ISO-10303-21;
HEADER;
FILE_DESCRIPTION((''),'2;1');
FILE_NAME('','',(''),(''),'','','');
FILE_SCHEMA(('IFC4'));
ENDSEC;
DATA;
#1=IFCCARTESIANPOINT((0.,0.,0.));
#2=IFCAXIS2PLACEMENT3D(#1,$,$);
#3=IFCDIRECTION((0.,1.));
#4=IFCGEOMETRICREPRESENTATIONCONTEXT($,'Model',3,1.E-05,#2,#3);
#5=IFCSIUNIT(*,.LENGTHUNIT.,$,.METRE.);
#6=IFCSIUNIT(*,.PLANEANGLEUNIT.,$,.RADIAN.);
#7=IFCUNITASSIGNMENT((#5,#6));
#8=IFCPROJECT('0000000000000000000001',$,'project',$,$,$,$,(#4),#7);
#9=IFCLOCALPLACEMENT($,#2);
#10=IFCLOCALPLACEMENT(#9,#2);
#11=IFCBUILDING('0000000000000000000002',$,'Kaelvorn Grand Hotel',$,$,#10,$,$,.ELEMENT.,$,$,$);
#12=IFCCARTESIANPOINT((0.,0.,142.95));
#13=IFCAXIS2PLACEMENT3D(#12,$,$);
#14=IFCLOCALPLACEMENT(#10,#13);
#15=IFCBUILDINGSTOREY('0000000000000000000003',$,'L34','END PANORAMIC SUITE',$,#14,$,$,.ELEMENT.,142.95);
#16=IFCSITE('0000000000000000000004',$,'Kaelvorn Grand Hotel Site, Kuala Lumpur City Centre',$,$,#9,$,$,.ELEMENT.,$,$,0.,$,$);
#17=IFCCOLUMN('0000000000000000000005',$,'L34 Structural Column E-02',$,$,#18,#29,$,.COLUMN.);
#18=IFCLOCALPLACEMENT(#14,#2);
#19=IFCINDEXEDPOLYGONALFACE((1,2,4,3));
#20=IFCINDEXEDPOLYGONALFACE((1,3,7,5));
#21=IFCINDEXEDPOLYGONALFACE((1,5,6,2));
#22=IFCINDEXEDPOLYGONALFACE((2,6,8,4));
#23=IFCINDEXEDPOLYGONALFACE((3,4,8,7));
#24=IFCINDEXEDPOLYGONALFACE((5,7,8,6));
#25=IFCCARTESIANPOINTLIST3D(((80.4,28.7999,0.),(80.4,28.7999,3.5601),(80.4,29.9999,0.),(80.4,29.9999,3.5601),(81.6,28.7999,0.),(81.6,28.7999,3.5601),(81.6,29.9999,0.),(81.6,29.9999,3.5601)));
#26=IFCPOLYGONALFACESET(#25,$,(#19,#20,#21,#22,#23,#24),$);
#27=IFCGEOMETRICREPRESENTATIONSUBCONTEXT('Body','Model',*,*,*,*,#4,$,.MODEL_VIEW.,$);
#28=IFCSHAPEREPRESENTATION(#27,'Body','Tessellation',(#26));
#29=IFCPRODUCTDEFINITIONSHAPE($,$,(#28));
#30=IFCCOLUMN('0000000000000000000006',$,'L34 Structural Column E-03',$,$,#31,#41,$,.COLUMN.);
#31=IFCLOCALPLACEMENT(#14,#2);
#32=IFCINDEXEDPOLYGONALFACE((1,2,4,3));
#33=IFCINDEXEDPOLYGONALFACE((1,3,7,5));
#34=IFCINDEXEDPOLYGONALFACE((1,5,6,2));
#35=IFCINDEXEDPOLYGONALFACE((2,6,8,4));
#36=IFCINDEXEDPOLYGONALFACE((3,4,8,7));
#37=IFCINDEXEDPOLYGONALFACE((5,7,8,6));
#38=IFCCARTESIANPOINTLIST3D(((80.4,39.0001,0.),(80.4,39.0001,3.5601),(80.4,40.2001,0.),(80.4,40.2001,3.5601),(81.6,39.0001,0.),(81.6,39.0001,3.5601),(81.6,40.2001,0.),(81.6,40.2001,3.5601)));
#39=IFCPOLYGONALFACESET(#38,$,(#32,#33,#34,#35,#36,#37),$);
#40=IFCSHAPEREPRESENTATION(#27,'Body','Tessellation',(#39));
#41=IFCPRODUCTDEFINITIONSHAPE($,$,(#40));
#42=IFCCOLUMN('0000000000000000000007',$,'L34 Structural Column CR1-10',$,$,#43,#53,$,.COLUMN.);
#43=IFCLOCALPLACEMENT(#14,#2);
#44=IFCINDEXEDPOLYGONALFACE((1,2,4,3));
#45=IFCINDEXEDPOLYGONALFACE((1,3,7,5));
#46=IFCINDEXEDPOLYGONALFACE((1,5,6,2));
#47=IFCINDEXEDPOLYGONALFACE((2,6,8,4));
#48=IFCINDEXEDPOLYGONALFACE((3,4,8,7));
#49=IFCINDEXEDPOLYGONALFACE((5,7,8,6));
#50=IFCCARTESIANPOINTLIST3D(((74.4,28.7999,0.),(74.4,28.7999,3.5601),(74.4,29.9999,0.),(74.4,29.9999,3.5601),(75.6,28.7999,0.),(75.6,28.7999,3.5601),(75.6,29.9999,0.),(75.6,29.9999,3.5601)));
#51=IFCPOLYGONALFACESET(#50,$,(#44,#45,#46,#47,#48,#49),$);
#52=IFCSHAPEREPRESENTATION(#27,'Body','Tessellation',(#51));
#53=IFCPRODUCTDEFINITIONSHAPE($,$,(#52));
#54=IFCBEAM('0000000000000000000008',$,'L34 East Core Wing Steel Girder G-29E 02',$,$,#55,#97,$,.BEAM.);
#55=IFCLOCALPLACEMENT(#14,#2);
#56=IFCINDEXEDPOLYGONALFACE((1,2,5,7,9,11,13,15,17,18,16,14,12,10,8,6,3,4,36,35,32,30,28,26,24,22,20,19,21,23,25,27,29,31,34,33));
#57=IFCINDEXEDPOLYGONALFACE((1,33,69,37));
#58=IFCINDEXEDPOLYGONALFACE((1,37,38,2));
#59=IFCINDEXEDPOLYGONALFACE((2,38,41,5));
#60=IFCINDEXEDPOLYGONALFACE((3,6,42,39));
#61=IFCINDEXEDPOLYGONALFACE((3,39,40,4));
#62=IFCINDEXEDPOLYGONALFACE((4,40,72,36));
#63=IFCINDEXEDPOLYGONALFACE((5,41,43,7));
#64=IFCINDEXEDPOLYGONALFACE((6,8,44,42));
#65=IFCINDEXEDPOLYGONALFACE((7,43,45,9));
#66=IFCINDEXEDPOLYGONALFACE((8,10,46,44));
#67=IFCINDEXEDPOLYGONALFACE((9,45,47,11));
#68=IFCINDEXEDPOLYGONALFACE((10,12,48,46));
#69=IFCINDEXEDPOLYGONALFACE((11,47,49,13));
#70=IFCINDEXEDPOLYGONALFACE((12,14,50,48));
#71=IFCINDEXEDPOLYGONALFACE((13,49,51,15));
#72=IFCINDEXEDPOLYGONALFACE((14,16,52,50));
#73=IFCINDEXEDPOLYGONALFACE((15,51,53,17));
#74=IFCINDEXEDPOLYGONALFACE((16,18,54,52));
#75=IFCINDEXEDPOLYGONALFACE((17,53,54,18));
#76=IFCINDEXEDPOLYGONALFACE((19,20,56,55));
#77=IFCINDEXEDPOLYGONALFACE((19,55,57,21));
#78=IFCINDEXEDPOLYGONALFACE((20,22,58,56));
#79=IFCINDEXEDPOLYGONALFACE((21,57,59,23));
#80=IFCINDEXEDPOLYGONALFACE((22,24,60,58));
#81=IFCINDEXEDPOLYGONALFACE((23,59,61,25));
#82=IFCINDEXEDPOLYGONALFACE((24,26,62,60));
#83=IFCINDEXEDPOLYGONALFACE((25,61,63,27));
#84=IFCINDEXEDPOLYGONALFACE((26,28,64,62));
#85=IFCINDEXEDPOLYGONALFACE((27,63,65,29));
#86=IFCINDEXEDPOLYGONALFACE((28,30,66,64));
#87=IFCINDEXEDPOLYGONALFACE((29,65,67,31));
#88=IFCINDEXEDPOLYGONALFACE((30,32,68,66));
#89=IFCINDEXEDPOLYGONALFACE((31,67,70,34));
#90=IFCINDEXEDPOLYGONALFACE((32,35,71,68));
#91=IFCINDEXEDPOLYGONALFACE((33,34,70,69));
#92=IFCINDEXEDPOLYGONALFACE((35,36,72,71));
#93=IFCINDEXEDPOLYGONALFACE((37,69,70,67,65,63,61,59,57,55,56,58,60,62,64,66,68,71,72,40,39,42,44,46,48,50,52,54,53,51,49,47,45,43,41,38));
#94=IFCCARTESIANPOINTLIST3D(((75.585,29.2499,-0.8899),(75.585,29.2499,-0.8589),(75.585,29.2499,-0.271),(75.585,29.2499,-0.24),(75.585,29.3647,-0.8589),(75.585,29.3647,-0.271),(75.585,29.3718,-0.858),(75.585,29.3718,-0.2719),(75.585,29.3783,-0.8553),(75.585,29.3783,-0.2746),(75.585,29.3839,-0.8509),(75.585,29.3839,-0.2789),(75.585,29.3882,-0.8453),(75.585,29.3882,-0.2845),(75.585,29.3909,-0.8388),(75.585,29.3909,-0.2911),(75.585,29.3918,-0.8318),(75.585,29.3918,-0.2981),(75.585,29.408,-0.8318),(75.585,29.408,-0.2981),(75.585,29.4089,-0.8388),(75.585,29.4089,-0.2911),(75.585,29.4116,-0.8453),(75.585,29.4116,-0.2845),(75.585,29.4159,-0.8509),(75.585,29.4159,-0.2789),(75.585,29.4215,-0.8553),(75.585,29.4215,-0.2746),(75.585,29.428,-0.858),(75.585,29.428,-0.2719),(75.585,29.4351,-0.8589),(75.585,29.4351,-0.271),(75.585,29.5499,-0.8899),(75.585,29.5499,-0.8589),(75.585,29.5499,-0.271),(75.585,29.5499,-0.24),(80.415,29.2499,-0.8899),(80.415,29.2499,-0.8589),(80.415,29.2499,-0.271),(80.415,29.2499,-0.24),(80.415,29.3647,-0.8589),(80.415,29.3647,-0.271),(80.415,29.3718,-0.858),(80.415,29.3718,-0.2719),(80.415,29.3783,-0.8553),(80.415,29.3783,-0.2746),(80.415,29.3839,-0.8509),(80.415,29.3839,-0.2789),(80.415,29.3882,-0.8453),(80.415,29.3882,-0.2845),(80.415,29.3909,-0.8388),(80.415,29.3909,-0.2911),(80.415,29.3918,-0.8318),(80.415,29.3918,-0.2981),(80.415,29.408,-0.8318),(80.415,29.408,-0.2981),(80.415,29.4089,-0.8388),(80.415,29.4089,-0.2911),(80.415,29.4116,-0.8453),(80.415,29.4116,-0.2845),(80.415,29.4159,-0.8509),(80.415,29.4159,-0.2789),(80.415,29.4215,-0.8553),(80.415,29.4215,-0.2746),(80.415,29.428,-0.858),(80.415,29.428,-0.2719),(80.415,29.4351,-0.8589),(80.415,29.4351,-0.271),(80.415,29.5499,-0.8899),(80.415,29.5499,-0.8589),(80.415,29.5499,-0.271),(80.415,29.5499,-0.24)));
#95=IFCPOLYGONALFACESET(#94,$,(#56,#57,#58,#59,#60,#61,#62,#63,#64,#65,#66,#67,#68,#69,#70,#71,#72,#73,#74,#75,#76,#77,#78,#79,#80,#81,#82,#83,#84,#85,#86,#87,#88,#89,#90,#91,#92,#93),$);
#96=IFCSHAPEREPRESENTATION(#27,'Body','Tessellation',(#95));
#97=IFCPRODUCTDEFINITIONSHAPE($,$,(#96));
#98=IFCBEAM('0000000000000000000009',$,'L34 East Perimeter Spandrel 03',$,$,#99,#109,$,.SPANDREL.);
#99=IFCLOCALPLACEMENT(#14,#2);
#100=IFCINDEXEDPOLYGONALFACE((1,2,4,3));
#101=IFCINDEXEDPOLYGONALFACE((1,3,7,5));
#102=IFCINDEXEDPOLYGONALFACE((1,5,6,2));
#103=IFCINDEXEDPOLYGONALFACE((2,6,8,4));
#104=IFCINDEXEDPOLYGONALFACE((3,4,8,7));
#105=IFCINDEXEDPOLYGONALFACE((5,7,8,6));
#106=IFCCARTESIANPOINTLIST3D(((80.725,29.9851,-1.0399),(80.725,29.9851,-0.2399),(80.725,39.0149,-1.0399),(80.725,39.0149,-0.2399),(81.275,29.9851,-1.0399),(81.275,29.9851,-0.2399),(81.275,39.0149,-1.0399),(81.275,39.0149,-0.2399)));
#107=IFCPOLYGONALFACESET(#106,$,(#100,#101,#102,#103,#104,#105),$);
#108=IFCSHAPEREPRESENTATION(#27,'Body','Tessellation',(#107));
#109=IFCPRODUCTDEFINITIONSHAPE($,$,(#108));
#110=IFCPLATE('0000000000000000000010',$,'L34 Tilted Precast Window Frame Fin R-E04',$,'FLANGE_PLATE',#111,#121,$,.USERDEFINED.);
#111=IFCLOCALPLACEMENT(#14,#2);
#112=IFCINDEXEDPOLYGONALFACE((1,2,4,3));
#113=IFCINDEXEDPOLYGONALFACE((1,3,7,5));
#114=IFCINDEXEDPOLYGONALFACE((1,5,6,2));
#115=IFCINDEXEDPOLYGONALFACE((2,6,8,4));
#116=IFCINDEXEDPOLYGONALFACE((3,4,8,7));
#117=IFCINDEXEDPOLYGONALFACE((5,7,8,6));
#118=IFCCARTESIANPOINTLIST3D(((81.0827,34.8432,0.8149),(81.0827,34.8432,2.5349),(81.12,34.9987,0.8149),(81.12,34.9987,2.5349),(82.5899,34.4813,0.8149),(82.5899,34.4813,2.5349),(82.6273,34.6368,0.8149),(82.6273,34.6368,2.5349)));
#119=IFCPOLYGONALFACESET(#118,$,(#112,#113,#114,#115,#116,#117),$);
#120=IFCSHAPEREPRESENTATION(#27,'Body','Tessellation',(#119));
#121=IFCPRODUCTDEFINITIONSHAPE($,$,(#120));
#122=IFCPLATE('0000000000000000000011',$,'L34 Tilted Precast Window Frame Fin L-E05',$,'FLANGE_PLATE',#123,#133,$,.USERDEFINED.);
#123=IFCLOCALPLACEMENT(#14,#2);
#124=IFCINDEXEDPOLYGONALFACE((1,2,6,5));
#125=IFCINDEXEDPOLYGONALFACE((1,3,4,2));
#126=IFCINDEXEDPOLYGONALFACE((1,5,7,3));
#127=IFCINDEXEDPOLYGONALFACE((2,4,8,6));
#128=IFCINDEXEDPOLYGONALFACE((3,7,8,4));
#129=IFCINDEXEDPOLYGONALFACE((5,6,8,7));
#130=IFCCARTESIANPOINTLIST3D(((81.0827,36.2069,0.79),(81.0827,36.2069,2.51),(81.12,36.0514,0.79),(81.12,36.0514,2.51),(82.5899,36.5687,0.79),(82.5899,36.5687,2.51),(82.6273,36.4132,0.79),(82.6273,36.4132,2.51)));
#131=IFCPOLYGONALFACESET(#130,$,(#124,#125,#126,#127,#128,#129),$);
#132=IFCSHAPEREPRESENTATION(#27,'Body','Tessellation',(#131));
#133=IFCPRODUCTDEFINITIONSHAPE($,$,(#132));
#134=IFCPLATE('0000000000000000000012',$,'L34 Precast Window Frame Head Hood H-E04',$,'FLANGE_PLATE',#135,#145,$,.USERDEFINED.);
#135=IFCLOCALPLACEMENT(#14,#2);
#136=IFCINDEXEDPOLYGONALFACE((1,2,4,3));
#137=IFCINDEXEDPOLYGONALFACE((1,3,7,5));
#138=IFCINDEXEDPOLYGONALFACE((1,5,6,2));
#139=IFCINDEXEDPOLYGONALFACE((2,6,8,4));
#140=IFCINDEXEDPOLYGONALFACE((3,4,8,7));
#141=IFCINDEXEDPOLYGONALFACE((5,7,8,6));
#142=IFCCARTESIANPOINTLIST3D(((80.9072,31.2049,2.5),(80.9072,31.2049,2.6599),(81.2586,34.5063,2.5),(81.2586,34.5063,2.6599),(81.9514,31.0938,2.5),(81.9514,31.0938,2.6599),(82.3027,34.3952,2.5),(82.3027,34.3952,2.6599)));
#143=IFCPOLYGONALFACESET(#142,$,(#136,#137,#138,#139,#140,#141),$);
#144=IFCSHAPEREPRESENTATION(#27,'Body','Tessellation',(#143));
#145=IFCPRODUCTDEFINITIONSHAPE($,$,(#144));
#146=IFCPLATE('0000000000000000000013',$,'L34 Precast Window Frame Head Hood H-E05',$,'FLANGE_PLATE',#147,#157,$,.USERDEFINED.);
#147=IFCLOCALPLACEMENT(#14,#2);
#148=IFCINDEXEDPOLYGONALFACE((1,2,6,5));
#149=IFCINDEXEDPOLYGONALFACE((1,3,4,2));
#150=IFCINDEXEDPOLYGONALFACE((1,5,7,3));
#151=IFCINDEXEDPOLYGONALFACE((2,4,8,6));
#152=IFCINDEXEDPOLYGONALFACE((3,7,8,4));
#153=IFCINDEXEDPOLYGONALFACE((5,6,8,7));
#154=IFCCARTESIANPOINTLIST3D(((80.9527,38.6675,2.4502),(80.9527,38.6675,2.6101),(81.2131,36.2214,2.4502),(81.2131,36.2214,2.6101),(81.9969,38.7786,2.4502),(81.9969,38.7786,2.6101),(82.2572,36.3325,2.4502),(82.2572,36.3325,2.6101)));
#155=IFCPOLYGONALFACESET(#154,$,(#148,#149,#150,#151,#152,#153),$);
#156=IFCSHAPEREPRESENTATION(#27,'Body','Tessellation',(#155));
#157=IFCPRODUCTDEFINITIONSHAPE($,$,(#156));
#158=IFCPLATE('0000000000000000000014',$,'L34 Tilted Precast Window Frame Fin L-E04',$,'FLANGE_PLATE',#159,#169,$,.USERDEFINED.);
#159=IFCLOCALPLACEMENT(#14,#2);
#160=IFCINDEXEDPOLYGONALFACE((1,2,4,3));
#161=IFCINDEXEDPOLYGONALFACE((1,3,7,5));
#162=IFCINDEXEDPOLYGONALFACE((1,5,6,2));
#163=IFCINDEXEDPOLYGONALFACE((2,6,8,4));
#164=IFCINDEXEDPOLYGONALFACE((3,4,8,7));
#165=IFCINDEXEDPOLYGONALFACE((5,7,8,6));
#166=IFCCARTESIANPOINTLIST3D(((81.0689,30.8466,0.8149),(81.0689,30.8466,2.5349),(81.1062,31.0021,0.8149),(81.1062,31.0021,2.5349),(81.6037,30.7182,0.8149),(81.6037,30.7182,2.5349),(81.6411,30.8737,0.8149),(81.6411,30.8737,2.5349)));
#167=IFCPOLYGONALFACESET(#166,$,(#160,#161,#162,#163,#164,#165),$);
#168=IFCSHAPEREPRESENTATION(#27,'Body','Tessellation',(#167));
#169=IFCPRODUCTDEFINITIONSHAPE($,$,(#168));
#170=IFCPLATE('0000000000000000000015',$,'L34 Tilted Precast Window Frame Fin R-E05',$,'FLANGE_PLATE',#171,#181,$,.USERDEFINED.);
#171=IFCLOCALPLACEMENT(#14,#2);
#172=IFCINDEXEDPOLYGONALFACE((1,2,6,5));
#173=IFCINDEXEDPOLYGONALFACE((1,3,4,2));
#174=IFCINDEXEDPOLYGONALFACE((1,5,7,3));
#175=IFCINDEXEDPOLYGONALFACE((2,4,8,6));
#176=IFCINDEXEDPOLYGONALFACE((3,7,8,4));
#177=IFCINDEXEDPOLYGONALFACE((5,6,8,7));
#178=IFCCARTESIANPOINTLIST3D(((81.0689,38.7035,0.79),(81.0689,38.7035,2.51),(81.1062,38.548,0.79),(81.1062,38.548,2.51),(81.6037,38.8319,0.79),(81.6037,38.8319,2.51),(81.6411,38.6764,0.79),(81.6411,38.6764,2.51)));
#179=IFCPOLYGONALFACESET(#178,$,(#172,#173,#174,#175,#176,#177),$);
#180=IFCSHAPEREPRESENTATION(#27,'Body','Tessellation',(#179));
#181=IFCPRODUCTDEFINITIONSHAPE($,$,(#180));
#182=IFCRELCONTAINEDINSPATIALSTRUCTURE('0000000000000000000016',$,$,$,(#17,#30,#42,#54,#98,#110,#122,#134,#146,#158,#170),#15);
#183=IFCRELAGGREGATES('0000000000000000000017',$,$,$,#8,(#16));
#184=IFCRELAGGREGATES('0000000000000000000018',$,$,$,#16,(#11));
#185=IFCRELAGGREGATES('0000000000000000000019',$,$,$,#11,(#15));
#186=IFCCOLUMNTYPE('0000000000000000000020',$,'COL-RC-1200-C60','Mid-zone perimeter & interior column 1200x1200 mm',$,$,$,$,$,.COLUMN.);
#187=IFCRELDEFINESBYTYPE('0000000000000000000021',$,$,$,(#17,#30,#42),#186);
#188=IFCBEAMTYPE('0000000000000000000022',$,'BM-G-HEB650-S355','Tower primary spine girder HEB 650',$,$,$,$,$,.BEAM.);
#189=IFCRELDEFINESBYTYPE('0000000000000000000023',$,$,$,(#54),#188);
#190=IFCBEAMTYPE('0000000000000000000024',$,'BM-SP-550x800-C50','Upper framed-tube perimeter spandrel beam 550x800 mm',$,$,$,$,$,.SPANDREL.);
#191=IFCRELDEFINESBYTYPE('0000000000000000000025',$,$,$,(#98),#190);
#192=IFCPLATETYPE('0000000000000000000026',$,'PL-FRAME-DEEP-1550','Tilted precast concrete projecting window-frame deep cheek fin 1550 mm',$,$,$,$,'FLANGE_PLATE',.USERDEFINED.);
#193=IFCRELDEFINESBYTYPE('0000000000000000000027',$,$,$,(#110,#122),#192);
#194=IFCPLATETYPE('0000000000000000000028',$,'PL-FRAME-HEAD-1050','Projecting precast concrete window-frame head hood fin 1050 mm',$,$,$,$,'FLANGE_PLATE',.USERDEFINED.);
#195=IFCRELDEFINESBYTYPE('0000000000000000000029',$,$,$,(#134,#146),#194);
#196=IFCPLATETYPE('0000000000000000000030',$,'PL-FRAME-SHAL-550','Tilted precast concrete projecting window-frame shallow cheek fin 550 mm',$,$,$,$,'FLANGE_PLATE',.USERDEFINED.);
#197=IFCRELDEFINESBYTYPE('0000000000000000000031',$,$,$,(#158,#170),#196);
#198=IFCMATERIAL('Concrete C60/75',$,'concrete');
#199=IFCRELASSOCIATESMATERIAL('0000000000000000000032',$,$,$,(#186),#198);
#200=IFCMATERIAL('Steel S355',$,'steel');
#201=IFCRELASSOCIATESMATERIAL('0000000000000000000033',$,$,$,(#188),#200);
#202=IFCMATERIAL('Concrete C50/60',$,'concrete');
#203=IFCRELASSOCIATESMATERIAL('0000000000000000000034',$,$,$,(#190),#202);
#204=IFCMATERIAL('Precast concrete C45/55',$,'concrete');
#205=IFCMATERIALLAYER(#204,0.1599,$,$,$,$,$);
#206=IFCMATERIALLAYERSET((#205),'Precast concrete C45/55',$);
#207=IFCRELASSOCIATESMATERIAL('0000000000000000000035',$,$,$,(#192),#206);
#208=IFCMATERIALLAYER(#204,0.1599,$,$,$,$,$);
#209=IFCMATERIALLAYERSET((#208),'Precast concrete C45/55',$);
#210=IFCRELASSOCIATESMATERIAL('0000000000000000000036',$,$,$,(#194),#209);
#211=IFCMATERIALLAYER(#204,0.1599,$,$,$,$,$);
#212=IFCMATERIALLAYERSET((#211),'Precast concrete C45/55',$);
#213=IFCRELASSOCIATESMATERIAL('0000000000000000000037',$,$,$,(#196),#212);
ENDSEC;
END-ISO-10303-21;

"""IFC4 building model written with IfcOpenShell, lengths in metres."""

from ifc_helpers import new_model, si_unit, direction, frame, origin, origin_2d, place, context, subcontext, project, spatial, rectangle, i_section, extrude, material, layer, layer_set, material_profile, profile_set, type_object, element, save


model = new_model("IFC4")

# Units and contexts
model_context = context("Model", 3, precision=1e-05, world=origin(), true_north=direction((0.0, 1.0)))
body_context = subcontext(model_context, "Body", "Model", "MODEL_VIEW")
ifc_project = project(units=[si_unit("LENGTHUNIT", "METRE"), si_unit("PLANEANGLEUNIT", "RADIAN")], contexts=[model_context])

# Site, building, storey
site_placement = place(None, origin())
site = spatial("IfcSite", under=ifc_project, at=site_placement, Name="Kaelvorn Grand Hotel Site, Kuala Lumpur City Centre", CompositionType="ELEMENT", RefElevation=0.0)
building_placement = place(site_placement, origin())
building = spatial("IfcBuilding", under=site, at=building_placement, Name="Kaelvorn Grand Hotel", CompositionType="ELEMENT")
storey_placement = place(building_placement, frame((0.0, 0.0, 142.95)))
storey = spatial("IfcBuildingStorey", under=building, at=storey_placement, Name="L34", Description="END PANORAMIC SUITE", CompositionType="ELEMENT", Elevation=142.95)

# Columns
ifc_material_1 = material(Name="Concrete C60/75", Category="concrete")
ifc_material_profile_1 = material_profile(ifc_material_1, rectangle(XDim=1.2, YDim=1.2, at=origin_2d()), Name="RC COL 1200x1200")
ifc_profile_set_1 = profile_set([ifc_material_profile_1], Name="Concrete C60/75")
column_type = type_object("IfcColumnType", Name="COL-RC-1200-C60", Description="Mid-zone perimeter & interior column 1200x1200 mm", PredefinedType="COLUMN", material=ifc_profile_set_1)
for number, where, z_axis, x_axis, name in (
    (1, (81.0, 29.3999, 0.0), (0.0, 0.0, 1.0), (1.0, 0.0, 0.0), "L34 Structural Column E-02"),
    (2, (81.0, 39.6001, 0.0), (0.0, 0.0, 1.0), (1.0, 0.0, 0.0), "L34 Structural Column E-03"),
    (3, (75.0, 29.3999, 0.0), (0.0, 0.0, 1.0), (1.0, 0.0, 0.0), "L34 Structural Column CR1-10"),
):
    element("IfcColumn", number, at=place(storey_placement, frame(where, z_axis=z_axis, x_axis=x_axis)), inside=storey, type_object=column_type, Name=name, PredefinedType="COLUMN", context=body_context, shape_type="SweptSolid", body=[
        extrude(rectangle(XDim=1.2, YDim=1.2, at=origin_2d()), origin(), (0.0, 0.0, 1.0), 3.5601),
    ])

# Beams
ifc_material_2 = material(Name="Steel S355", Category="steel")
ifc_material_profile_2 = material_profile(ifc_material_2, i_section(OverallWidth=0.3, OverallDepth=0.6499, WebThickness=0.0161, FlangeThickness=0.031, FilletRadius=0.0271, at=origin_2d()), Name="HEB 650")
ifc_profile_set_2 = profile_set([ifc_material_profile_2], Name="Steel S355")
beam_type_1 = type_object("IfcBeamType", Name="BM-G-HEB650-S355", Description="Tower primary spine girder HEB 650", PredefinedType="BEAM", material=ifc_profile_set_2)
beam_1_placement = place(storey_placement, frame((75.585, 29.3999, -0.5649), z_axis=(1.0, 0.0, 0.0), x_axis=(0.0, 1.0, 0.0)))
element("IfcBeam", 4, at=beam_1_placement, inside=storey, type_object=beam_type_1, Name="L34 East Core Wing Steel Girder G-29E 02", PredefinedType="BEAM", context=body_context, shape_type="SweptSolid", body=[
    extrude(i_section(OverallWidth=0.3, OverallDepth=0.6499, WebThickness=0.0161, FlangeThickness=0.031, FilletRadius=0.0271, at=origin_2d()), origin(), (0.0, 0.0, 1.0), 4.8301),
])
ifc_material_3 = material(Name="Concrete C50/60", Category="concrete")
ifc_material_profile_3 = material_profile(ifc_material_3, rectangle(XDim=0.55, YDim=0.8, at=origin_2d()), Name="RC SPANDREL 550x800")
ifc_profile_set_3 = profile_set([ifc_material_profile_3], Name="Concrete C50/60")
beam_type_2 = type_object("IfcBeamType", Name="BM-SP-550x800-C50", Description="Upper framed-tube perimeter spandrel beam 550x800 mm", PredefinedType="SPANDREL", material=ifc_profile_set_3)
beam_2_placement = place(storey_placement, frame((81.0, 29.9851, -0.6399), z_axis=(0.0, 1.0, 0.0), x_axis=(-1.0, 0.0, 0.0)))
element("IfcBeam", 5, at=beam_2_placement, inside=storey, type_object=beam_type_2, Name="L34 East Perimeter Spandrel 03", PredefinedType="SPANDREL", context=body_context, shape_type="SweptSolid", body=[
    extrude(rectangle(XDim=0.55, YDim=0.8, at=origin_2d()), origin(), (0.0, 0.0, 1.0), 9.0298),
])

# Plates
ifc_material_4 = material(Name="Precast concrete C45/55", Category="concrete")
ifc_layer_1 = layer(ifc_material_4, 0.1599)
ifc_layer_set_1 = layer_set([ifc_layer_1], Name="Precast concrete C45/55")
plate_type_1 = type_object("IfcPlateType", Name="PL-FRAME-DEEP-1550", Description="Tilted precast concrete projecting window-frame deep cheek fin 1550 mm", ElementType="FLANGE_PLATE", PredefinedType="USERDEFINED", material=ifc_layer_set_1)
for number, where, z_axis, x_axis, name in (
    (6, (81.855, 34.74, 0.8149), (0.0, 0.0, 1.0), (0.233445, 0.97237, 0.0), "L34 Tilted Precast Window Frame Fin R-E04"),
    (7, (81.855, 36.3101, 0.79), (0.0, 0.0, 1.0), (-0.233445, 0.97237, 0.0), "L34 Tilted Precast Window Frame Fin L-E05"),
):
    element("IfcPlate", number, at=place(storey_placement, frame(where, z_axis=z_axis, x_axis=x_axis)), inside=storey, type_object=plate_type_1, Name=name, ObjectType="FLANGE_PLATE", PredefinedType="USERDEFINED", context=body_context, shape_type="SweptSolid", body=[
        extrude(rectangle(XDim=0.1599, YDim=1.55, at=origin_2d()), origin(), (0.0, 0.0, 1.0), 1.72),
    ])
ifc_layer_2 = layer(ifc_material_4, 0.1599)
ifc_layer_set_2 = layer_set([ifc_layer_2], Name="Precast concrete C45/55")
plate_type_2 = type_object("IfcPlateType", Name="PL-FRAME-HEAD-1050", Description="Projecting precast concrete window-frame head hood fin 1050 mm", ElementType="FLANGE_PLATE", PredefinedType="USERDEFINED", material=ifc_layer_set_2)
plate_1_placement = place(storey_placement, frame((81.605, 32.8, 2.5), z_axis=(0.0, 0.0, 1.0), x_axis=(0.10583, 0.994384, 0.0)))
element("IfcPlate", 8, at=plate_1_placement, inside=storey, type_object=plate_type_2, Name="L34 Precast Window Frame Head Hood H-E04", ObjectType="FLANGE_PLATE", PredefinedType="USERDEFINED", context=body_context, shape_type="SweptSolid", body=[
    extrude(rectangle(XDim=3.3201, YDim=1.05, at=origin_2d()), origin(), (0.0, 0.0, 1.0), 0.1599),
])
plate_2_placement = place(storey_placement, frame((81.605, 37.5, 2.4502), z_axis=(0.0, 0.0, 1.0), x_axis=(-0.10583, 0.994384, 0.0)))
element("IfcPlate", 9, at=plate_2_placement, inside=storey, type_object=plate_type_2, Name="L34 Precast Window Frame Head Hood H-E05", ObjectType="FLANGE_PLATE", PredefinedType="USERDEFINED", context=body_context, shape_type="SweptSolid", body=[
    extrude(rectangle(XDim=2.46, YDim=1.05, at=origin_2d()), origin(), (0.0, 0.0, 1.0), 0.1599),
])
ifc_layer_3 = layer(ifc_material_4, 0.1599)
ifc_layer_set_3 = layer_set([ifc_layer_3], Name="Precast concrete C45/55")
plate_type_3 = type_object("IfcPlateType", Name="PL-FRAME-SHAL-550", Description="Tilted precast concrete projecting window-frame shallow cheek fin 550 mm", ElementType="FLANGE_PLATE", PredefinedType="USERDEFINED", material=ifc_layer_set_3)
for number, where, z_axis, x_axis, name in (
    (10, (81.355, 30.8601, 0.8149), (0.0, 0.0, 1.0), (0.233445, 0.97237, 0.0), "L34 Tilted Precast Window Frame Fin L-E04"),
    (11, (81.355, 38.6899, 0.79), (0.0, 0.0, 1.0), (-0.233445, 0.97237, 0.0), "L34 Tilted Precast Window Frame Fin R-E05"),
):
    element("IfcPlate", number, at=place(storey_placement, frame(where, z_axis=z_axis, x_axis=x_axis)), inside=storey, type_object=plate_type_3, Name=name, ObjectType="FLANGE_PLATE", PredefinedType="USERDEFINED", context=body_context, shape_type="SweptSolid", body=[
        extrude(rectangle(XDim=0.1599, YDim=0.55, at=origin_2d()), origin(), (0.0, 0.0, 1.0), 1.72),
    ])

save(model, "model.ifc")
